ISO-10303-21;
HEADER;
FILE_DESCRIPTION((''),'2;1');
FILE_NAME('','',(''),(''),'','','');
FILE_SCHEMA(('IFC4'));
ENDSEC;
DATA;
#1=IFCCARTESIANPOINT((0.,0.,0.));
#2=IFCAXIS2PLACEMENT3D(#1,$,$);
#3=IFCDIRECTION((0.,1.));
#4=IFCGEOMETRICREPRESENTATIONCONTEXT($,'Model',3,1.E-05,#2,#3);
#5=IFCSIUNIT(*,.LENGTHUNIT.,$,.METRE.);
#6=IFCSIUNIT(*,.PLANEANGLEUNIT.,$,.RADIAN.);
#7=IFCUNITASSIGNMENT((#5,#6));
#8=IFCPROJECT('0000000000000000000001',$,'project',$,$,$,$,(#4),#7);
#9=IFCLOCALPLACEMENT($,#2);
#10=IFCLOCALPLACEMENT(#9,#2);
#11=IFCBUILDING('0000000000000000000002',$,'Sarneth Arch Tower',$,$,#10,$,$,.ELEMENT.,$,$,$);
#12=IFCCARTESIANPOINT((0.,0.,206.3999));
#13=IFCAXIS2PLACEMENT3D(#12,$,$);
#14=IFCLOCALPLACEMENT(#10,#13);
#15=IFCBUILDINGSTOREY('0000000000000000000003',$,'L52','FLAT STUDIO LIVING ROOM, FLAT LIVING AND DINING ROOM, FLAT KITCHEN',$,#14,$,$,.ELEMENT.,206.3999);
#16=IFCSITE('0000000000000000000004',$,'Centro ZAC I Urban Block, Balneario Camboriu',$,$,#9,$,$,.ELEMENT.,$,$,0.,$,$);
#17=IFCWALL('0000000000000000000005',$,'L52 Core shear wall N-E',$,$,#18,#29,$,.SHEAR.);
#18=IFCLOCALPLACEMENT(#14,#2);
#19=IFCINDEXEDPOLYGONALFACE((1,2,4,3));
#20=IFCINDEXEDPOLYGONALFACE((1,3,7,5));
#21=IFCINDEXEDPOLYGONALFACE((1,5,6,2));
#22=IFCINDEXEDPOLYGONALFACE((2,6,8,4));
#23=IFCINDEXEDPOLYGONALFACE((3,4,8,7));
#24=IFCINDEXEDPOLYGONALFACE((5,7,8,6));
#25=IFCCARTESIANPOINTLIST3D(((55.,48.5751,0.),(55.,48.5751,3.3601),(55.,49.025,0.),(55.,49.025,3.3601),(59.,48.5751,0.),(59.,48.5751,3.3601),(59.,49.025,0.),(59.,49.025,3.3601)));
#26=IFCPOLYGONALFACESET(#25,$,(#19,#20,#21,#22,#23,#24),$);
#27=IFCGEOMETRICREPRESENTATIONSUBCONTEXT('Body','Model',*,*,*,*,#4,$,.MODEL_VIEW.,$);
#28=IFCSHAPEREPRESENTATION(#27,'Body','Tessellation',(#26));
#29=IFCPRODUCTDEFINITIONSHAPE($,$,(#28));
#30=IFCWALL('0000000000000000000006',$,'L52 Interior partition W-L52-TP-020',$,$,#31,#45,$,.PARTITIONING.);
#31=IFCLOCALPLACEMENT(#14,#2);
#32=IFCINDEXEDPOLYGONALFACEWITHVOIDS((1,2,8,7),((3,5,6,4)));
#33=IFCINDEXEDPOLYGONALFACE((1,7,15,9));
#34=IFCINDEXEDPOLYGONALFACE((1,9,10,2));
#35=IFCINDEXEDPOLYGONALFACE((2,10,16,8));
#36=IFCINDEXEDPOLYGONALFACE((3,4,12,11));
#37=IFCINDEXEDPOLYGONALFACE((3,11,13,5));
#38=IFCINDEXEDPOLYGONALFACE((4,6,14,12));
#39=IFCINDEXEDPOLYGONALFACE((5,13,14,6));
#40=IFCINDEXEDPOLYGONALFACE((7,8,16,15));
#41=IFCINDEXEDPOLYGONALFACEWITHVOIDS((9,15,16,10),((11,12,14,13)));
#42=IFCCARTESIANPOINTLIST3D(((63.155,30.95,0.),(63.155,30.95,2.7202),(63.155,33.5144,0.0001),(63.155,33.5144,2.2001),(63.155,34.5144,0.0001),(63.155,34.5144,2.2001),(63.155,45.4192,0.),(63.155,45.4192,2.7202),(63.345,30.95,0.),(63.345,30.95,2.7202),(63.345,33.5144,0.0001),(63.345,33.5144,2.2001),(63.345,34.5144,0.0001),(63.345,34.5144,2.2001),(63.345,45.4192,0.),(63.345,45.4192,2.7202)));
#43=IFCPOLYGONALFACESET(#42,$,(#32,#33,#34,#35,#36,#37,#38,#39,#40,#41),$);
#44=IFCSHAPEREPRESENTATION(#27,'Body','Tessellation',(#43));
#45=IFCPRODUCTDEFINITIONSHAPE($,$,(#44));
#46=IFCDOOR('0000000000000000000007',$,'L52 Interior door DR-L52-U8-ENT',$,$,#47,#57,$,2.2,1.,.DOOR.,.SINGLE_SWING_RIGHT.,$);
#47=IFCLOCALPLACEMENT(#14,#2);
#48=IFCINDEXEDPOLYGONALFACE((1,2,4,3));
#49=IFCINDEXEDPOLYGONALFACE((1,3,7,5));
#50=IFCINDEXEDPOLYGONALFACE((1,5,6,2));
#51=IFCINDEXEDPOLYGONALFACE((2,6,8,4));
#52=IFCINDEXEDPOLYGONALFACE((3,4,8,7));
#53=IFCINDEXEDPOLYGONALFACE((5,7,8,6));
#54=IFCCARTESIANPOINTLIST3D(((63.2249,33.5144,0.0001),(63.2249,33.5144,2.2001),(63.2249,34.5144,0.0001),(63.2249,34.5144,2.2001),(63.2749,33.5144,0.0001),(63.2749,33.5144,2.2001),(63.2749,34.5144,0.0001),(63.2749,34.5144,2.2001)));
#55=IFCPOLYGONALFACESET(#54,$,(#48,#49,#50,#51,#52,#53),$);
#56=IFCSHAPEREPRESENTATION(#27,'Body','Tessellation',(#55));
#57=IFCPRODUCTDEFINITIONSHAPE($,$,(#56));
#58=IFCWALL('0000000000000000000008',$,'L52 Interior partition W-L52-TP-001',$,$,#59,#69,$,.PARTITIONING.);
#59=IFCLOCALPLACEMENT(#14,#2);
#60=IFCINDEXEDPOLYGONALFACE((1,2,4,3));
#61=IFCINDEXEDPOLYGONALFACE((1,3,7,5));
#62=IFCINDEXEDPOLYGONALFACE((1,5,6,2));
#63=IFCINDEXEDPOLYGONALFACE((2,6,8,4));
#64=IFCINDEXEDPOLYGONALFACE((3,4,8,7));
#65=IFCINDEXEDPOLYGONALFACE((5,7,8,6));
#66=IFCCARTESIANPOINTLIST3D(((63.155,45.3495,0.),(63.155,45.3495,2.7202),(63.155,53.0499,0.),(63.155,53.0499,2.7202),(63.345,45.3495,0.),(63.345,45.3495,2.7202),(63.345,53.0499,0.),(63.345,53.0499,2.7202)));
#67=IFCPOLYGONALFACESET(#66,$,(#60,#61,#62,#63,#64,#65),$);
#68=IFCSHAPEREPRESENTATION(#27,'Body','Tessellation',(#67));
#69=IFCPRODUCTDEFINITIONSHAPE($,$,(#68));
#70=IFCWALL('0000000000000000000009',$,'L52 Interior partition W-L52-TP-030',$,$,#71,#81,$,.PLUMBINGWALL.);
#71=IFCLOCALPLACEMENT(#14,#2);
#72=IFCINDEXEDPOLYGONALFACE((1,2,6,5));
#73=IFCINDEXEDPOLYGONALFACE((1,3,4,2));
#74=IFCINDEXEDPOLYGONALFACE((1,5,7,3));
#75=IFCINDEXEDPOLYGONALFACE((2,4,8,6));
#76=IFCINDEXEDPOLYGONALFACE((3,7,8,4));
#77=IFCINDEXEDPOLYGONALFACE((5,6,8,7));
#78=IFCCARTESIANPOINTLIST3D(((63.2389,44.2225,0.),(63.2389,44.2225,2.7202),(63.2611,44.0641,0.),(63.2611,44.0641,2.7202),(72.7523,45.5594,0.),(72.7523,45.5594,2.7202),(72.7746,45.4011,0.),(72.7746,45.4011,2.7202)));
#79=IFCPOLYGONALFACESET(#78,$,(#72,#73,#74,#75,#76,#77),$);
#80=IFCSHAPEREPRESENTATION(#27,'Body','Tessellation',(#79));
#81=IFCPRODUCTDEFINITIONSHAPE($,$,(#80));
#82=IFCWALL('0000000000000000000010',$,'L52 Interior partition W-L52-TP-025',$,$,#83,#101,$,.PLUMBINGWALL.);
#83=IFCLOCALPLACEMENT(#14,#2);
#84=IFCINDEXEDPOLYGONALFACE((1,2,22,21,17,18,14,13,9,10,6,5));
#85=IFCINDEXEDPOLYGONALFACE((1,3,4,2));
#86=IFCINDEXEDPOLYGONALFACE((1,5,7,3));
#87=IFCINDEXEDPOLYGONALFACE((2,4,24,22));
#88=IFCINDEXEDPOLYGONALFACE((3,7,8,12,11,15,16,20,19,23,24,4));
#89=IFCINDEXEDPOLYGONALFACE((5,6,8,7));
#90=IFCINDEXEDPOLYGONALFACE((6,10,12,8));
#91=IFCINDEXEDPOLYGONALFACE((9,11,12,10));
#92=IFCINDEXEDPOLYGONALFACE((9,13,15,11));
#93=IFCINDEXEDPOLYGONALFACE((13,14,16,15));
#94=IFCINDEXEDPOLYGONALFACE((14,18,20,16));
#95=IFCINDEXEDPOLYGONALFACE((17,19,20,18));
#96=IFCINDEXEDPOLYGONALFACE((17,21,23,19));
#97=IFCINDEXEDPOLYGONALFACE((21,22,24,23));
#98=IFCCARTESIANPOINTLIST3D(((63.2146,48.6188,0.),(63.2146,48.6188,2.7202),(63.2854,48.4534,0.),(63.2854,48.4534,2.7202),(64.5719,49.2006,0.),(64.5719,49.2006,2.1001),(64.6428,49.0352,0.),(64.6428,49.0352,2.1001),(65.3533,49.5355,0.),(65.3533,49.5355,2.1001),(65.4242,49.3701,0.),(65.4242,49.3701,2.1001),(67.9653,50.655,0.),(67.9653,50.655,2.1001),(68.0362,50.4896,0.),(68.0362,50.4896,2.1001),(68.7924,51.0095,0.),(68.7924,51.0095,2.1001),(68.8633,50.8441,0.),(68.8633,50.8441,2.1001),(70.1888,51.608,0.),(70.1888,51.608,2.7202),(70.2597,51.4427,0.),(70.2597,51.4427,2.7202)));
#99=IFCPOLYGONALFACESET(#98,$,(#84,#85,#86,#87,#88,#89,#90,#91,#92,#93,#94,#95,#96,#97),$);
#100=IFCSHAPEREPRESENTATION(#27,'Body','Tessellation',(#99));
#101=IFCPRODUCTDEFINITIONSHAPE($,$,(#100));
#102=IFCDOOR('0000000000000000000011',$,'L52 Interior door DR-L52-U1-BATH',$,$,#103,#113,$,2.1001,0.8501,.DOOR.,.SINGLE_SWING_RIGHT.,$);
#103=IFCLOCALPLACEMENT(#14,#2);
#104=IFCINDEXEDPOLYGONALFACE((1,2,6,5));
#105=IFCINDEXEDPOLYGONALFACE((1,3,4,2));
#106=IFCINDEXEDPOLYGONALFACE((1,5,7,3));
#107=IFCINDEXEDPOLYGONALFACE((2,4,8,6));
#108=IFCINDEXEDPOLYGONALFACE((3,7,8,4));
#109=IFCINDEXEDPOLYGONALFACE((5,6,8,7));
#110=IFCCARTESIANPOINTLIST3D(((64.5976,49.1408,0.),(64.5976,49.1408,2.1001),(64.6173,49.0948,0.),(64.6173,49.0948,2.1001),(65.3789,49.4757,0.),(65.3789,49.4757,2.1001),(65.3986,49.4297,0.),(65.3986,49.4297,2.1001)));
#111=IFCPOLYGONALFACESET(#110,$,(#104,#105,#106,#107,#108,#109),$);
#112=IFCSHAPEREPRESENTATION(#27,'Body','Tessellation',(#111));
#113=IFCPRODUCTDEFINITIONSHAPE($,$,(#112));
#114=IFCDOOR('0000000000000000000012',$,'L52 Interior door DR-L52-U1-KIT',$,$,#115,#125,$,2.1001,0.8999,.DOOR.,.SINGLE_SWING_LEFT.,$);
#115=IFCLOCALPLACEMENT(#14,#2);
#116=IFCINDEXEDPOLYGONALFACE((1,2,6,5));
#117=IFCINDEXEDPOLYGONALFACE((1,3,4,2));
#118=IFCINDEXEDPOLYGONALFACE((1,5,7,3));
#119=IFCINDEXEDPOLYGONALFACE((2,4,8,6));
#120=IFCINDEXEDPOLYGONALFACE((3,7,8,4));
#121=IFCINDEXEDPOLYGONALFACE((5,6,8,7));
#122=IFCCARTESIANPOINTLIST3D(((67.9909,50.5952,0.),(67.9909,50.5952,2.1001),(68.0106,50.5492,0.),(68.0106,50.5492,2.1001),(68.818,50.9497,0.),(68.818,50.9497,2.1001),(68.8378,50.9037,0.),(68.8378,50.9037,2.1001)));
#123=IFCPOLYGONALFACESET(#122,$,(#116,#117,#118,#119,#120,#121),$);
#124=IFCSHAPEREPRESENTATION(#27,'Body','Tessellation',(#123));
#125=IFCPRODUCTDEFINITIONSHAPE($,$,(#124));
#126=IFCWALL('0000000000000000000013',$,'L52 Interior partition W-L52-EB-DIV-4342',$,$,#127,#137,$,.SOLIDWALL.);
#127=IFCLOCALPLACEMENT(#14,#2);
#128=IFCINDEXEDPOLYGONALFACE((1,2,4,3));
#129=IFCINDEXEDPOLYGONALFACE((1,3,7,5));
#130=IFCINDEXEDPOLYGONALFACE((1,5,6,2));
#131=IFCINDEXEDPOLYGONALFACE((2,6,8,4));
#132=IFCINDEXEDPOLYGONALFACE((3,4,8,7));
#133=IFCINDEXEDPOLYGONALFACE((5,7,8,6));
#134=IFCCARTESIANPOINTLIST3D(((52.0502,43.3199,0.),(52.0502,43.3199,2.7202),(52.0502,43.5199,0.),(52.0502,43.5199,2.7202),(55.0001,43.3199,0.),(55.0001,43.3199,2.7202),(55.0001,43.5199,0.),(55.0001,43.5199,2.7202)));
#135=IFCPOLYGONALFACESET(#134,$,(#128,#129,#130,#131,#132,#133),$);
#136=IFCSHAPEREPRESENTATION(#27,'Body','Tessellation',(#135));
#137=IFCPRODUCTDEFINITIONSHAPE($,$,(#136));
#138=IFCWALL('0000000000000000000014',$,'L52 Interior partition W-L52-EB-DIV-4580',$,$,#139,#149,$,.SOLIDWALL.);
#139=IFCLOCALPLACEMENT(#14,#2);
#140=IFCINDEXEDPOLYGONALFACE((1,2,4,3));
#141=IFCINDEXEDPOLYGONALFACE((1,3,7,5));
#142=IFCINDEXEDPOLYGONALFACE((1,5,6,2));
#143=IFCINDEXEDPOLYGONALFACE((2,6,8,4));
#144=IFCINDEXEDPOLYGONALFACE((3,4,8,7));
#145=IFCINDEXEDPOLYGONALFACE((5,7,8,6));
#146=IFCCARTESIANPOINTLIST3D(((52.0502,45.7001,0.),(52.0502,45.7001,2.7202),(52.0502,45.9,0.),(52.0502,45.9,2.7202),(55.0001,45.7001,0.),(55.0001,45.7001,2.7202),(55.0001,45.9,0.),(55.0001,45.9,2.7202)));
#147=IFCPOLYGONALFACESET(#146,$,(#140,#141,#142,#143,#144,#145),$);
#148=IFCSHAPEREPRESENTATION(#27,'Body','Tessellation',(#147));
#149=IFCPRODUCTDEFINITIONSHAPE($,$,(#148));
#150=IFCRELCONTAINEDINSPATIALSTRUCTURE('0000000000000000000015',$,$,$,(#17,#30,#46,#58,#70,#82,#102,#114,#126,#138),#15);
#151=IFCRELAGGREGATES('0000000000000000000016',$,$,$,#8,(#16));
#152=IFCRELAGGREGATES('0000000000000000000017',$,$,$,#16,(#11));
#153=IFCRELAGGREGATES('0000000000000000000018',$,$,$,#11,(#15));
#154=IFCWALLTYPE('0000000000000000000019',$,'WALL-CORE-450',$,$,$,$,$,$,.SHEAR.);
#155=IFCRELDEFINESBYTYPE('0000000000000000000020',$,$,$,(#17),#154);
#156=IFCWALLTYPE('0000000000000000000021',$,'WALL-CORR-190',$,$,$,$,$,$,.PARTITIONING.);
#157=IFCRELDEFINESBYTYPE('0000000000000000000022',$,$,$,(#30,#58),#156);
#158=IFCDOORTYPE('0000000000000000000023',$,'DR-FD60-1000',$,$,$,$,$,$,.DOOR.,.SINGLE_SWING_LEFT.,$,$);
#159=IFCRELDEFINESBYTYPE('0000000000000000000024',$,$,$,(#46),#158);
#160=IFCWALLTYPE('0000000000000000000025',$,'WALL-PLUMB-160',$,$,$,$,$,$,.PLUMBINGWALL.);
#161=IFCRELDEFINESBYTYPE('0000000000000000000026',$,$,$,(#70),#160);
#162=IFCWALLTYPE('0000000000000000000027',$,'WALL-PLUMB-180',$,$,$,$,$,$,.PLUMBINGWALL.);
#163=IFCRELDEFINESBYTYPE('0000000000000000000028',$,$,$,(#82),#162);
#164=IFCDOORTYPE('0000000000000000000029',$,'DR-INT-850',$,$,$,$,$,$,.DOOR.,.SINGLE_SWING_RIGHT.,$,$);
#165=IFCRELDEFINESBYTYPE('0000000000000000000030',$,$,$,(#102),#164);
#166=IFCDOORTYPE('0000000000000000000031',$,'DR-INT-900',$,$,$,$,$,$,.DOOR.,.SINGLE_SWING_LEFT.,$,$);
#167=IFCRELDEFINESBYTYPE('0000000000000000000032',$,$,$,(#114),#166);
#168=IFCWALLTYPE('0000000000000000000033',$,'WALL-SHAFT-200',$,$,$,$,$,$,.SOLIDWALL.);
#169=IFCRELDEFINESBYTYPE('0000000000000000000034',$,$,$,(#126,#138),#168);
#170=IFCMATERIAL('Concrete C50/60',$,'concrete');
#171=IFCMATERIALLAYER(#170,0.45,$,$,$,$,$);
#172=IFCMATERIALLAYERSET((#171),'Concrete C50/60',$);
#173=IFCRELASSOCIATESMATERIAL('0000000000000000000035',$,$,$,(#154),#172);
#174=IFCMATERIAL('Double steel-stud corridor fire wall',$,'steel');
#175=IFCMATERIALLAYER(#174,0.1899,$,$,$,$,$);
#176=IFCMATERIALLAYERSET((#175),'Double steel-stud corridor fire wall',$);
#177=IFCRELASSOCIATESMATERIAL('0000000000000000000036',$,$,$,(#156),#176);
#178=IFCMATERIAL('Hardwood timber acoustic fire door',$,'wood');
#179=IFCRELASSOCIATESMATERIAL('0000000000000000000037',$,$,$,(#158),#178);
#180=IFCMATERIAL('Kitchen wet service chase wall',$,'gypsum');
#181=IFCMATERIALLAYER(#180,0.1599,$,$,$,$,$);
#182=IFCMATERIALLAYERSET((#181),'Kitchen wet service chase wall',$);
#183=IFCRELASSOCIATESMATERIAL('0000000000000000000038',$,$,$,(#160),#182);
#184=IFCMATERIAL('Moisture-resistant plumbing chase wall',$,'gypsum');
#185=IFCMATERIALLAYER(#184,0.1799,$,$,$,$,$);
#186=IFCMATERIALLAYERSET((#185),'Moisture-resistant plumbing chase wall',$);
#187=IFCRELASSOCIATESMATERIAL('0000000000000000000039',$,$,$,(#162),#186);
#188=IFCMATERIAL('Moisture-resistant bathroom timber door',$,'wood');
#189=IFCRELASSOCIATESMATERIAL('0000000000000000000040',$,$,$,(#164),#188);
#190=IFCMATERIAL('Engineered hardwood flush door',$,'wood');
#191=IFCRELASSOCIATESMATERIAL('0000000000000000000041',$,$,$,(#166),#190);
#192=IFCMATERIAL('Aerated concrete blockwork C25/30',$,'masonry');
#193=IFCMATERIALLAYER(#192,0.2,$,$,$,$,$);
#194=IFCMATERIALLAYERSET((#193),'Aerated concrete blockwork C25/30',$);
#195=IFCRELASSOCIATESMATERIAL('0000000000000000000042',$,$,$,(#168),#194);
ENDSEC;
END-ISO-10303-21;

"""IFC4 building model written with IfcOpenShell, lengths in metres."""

from ifc_helpers import new_model, si_unit, direction, frame, frame_2d, origin, place, context, subcontext, project, spatial, rectangle, extrude, material, layer, layer_set, type_object, element, fill, save


model = new_model("IFC4")

# Units and contexts
model_context = context("Model", 3, precision=1e-05, world=origin(), true_north=direction((0.0, 1.0)))
body_context = subcontext(model_context, "Body", "Model", "MODEL_VIEW")
ifc_project = project(units=[si_unit("LENGTHUNIT", "METRE"), si_unit("PLANEANGLEUNIT", "RADIAN")], contexts=[model_context])

# Site, building, storey
site_placement = place(None, origin())
site = spatial("IfcSite", under=ifc_project, at=site_placement, Name="Centro ZAC I Urban Block, Balneario Camboriu", CompositionType="ELEMENT", RefElevation=0.0)
building_placement = place(site_placement, origin())
building = spatial("IfcBuilding", under=site, at=building_placement, Name="Sarneth Arch Tower", CompositionType="ELEMENT")
storey_placement = place(building_placement, frame((0.0, 0.0, 206.3999)))
storey = spatial("IfcBuildingStorey", under=building, at=storey_placement, Name="L52", Description="FLAT STUDIO LIVING ROOM, FLAT LIVING AND DINING ROOM, FLAT KITCHEN", CompositionType="ELEMENT", Elevation=206.3999)

# Wall
ifc_material_1 = material(Name="Concrete C50/60", Category="concrete")
ifc_layer_1 = layer(ifc_material_1, 0.45)
ifc_layer_set_1 = layer_set([ifc_layer_1], Name="Concrete C50/60")
wall_type_1 = type_object("IfcWallType", Name="WALL-CORE-450", PredefinedType="SHEAR", material=ifc_layer_set_1)
wall_1_placement = place(storey_placement, frame((55.0, 48.8, 0.0), z_axis=(0.0, 0.0, 1.0), x_axis=(1.0, 0.0, 0.0)))
element("IfcWall", 1, at=wall_1_placement, inside=storey, type_object=wall_type_1, Name="L52 Core shear wall N-E", PredefinedType="SHEAR", context=body_context, shape_type="SweptSolid", body=[
    extrude(rectangle(XDim=4.0, YDim=0.45, at=frame_2d((2.0, 0.0))), origin(), (0.0, 0.0, 1.0), 3.3601),
])

# Wall, opening, door
ifc_material_2 = material(Name="Double steel-stud corridor fire wall", Category="steel")
ifc_layer_2 = layer(ifc_material_2, 0.1899)
ifc_layer_set_2 = layer_set([ifc_layer_2], Name="Double steel-stud corridor fire wall")
wall_type_2 = type_object("IfcWallType", Name="WALL-CORR-190", PredefinedType="PARTITIONING", material=ifc_layer_set_2)
wall_2_placement = place(storey_placement, frame((63.25, 45.4192, 0.0), z_axis=(0.0, 0.0, 1.0), x_axis=(0.0, -1.0, 0.0)))
wall_2 = element("IfcWall", 2, at=wall_2_placement, inside=storey, type_object=wall_type_2, Name="L52 Interior partition W-L52-TP-020", PredefinedType="PARTITIONING", context=body_context, shape_type="SweptSolid", body=[
    extrude(rectangle(XDim=14.4692, YDim=0.1899, at=frame_2d((7.2346, 0.0))), origin(), (0.0, 0.0, 1.0), 2.7202),
])
opening_1_placement = place(wall_2_placement, frame((10.9048, 0.0, 0.0)))
opening_1 = element("IfcOpeningElement", 3, at=opening_1_placement, cuts=wall_2, PredefinedType="OPENING", context=body_context, shape_type="SweptSolid", body=[
    extrude(rectangle(XDim=1.0, YDim=2.2, at=frame_2d((0.5, 1.1001))), frame((0.0, 0.105, 0.0), z_axis=(0.0, -1.0, 0.0), x_axis=(1.0, 0.0, 0.0)), (0.0, 0.0, 1.0), 0.21),
])
ifc_material_3 = material(Name="Hardwood timber acoustic fire door", Category="wood")
door_type_1 = type_object("IfcDoorType", Name="DR-FD60-1000", OperationType="SINGLE_SWING_LEFT", PredefinedType="DOOR", material=ifc_material_3)
door_1_placement = place(opening_1_placement, origin())
door_1 = element("IfcDoor", 4, at=door_1_placement, inside=storey, type_object=door_type_1, Name="L52 Interior door DR-L52-U8-ENT", OperationType="SINGLE_SWING_RIGHT", OverallHeight=2.2, OverallWidth=1.0, PredefinedType="DOOR", context=body_context, shape_type="SweptSolid", body=[
    extrude(rectangle(XDim=1.0, YDim=2.2, at=frame_2d((0.5, 1.1001))), frame((0.0, 0.0249, 0.0), z_axis=(0.0, -1.0, 0.0), x_axis=(1.0, 0.0, 0.0)), (0.0, 0.0, 1.0), 0.05),
])
fill(opening_1, door_1)

# Walls
wall_3_placement = place(storey_placement, frame((63.25, 45.3496, 0.0), z_axis=(0.0, 0.0, 1.0), x_axis=(0.0, 1.0, 0.0)))
element("IfcWall", 5, at=wall_3_placement, inside=storey, type_object=wall_type_2, Name="L52 Interior partition W-L52-TP-001", PredefinedType="PARTITIONING", context=body_context, shape_type="SweptSolid", body=[
    extrude(rectangle(XDim=7.7004, YDim=0.1899, at=frame_2d((3.8501, 0.0))), origin(), (0.0, 0.0, 1.0), 2.7202),
])
ifc_material_4 = material(Name="Kitchen wet service chase wall", Category="gypsum")
ifc_layer_3 = layer(ifc_material_4, 0.1599)
ifc_layer_set_3 = layer_set([ifc_layer_3], Name="Kitchen wet service chase wall")
wall_type_3 = type_object("IfcWallType", Name="WALL-PLUMB-160", PredefinedType="PLUMBINGWALL", material=ifc_layer_set_3)
wall_4_placement = place(storey_placement, frame((63.25, 44.1433, 0.0), z_axis=(0.0, 0.0, 1.0), x_axis=(0.99027, 0.139162, 0.0)))
element("IfcWall", 6, at=wall_4_placement, inside=storey, type_object=wall_type_3, Name="L52 Interior partition W-L52-TP-030", PredefinedType="PLUMBINGWALL", context=body_context, shape_type="SweptSolid", body=[
    extrude(rectangle(XDim=9.6069, YDim=0.1599, at=frame_2d((4.8035, 0.0))), origin(), (0.0, 0.0, 1.0), 2.7202),
])

# Wall, openings, doors
ifc_material_5 = material(Name="Moisture-resistant plumbing chase wall", Category="gypsum")
ifc_layer_4 = layer(ifc_material_5, 0.1799)
ifc_layer_set_4 = layer_set([ifc_layer_4], Name="Moisture-resistant plumbing chase wall")
wall_type_4 = type_object("IfcWallType", Name="WALL-PLUMB-180", PredefinedType="PLUMBINGWALL", material=ifc_layer_set_4)
wall_5_placement = place(storey_placement, frame((63.25, 48.5361, 0.0), z_axis=(0.0, 0.0, 1.0), x_axis=(0.919133, 0.393946, 0.0)))
wall_5 = element("IfcWall", 7, at=wall_5_placement, inside=storey, type_object=wall_type_4, Name="L52 Interior partition W-L52-TP-025", PredefinedType="PLUMBINGWALL", context=body_context, shape_type="SweptSolid", body=[
    extrude(rectangle(XDim=7.5879, YDim=0.1799, at=frame_2d((3.7939, 0.0))), origin(), (0.0, 0.0, 1.0), 2.7202),
])
opening_2_placement = place(wall_5_placement, frame((5.1687, 0.0, 0.0)))
opening_2 = element("IfcOpeningElement", 8, at=opening_2_placement, cuts=wall_5, PredefinedType="OPENING", context=body_context, shape_type="SweptSolid", body=[
    extrude(rectangle(XDim=0.8999, YDim=2.1001, at=frame_2d((0.45, 1.05))), frame((0.0, 0.0999, 0.0), z_axis=(0.0, -1.0, 0.0), x_axis=(1.0, 0.0, 0.0)), (0.0, 0.0, 1.0), 0.2),
])
opening_3_placement = place(wall_5_placement, frame((1.4768, 0.0, 0.0)))
opening_3 = element("IfcOpeningElement", 9, at=opening_3_placement, cuts=wall_5, PredefinedType="OPENING", context=body_context, shape_type="SweptSolid", body=[
    extrude(rectangle(XDim=0.8501, YDim=2.1001, at=frame_2d((0.425, 1.05))), frame((0.0, 0.0999, 0.0), z_axis=(0.0, -1.0, 0.0), x_axis=(1.0, 0.0, 0.0)), (0.0, 0.0, 1.0), 0.2),
])
ifc_material_6 = material(Name="Moisture-resistant bathroom timber door", Category="wood")
door_type_2 = type_object("IfcDoorType", Name="DR-INT-850", OperationType="SINGLE_SWING_RIGHT", PredefinedType="DOOR", material=ifc_material_6)
door_2_placement = place(opening_3_placement, origin())
door_2 = element("IfcDoor", 10, at=door_2_placement, inside=storey, type_object=door_type_2, Name="L52 Interior door DR-L52-U1-BATH", OperationType="SINGLE_SWING_RIGHT", OverallHeight=2.1001, OverallWidth=0.8501, PredefinedType="DOOR", context=body_context, shape_type="SweptSolid", body=[
    extrude(rectangle(XDim=0.8501, YDim=2.1001, at=frame_2d((0.425, 1.05))), frame((0.0, 0.0249, 0.0), z_axis=(0.0, -1.0, 0.0), x_axis=(1.0, 0.0, 0.0)), (0.0, 0.0, 1.0), 0.05),
])
fill(opening_3, door_2)
ifc_material_7 = material(Name="Engineered hardwood flush door", Category="wood")
door_type_3 = type_object("IfcDoorType", Name="DR-INT-900", OperationType="SINGLE_SWING_LEFT", PredefinedType="DOOR", material=ifc_material_7)
door_3_placement = place(opening_2_placement, origin())
door_3 = element("IfcDoor", 11, at=door_3_placement, inside=storey, type_object=door_type_3, Name="L52 Interior door DR-L52-U1-KIT", OperationType="SINGLE_SWING_LEFT", OverallHeight=2.1001, OverallWidth=0.8999, PredefinedType="DOOR", context=body_context, shape_type="SweptSolid", body=[
    extrude(rectangle(XDim=0.8999, YDim=2.1001, at=frame_2d((0.45, 1.05))), frame((0.0, 0.0249, 0.0), z_axis=(0.0, -1.0, 0.0), x_axis=(1.0, 0.0, 0.0)), (0.0, 0.0, 1.0), 0.05),
])
fill(opening_2, door_3)

# Walls
ifc_material_8 = material(Name="Aerated concrete blockwork C25/30", Category="masonry")
ifc_layer_5 = layer(ifc_material_8, 0.2)
ifc_layer_set_5 = layer_set([ifc_layer_5], Name="Aerated concrete blockwork C25/30")
wall_type_5 = type_object("IfcWallType", Name="WALL-SHAFT-200", PredefinedType="SOLIDWALL", material=ifc_layer_set_5)
for number, where, z_axis, x_axis, name in (
    (12, (52.05, 43.4199, 0.0), (0.0, 0.0, 1.0), (1.0, 0.0, 0.0), "L52 Interior partition W-L52-EB-DIV-4342"),
    (13, (52.05, 45.8, 0.0), (0.0, 0.0, 1.0), (1.0, 0.0, 0.0), "L52 Interior partition W-L52-EB-DIV-4580"),
):
    element("IfcWall", number, at=place(storey_placement, frame(where, z_axis=z_axis, x_axis=x_axis)), inside=storey, type_object=wall_type_5, Name=name, PredefinedType="SOLIDWALL", context=body_context, shape_type="SweptSolid", body=[
        extrude(rectangle(XDim=2.95, YDim=0.2, at=frame_2d((1.4751, 0.0))), origin(), (0.0, 0.0, 1.0), 2.7202),
    ])

save(model, "model.ifc")
